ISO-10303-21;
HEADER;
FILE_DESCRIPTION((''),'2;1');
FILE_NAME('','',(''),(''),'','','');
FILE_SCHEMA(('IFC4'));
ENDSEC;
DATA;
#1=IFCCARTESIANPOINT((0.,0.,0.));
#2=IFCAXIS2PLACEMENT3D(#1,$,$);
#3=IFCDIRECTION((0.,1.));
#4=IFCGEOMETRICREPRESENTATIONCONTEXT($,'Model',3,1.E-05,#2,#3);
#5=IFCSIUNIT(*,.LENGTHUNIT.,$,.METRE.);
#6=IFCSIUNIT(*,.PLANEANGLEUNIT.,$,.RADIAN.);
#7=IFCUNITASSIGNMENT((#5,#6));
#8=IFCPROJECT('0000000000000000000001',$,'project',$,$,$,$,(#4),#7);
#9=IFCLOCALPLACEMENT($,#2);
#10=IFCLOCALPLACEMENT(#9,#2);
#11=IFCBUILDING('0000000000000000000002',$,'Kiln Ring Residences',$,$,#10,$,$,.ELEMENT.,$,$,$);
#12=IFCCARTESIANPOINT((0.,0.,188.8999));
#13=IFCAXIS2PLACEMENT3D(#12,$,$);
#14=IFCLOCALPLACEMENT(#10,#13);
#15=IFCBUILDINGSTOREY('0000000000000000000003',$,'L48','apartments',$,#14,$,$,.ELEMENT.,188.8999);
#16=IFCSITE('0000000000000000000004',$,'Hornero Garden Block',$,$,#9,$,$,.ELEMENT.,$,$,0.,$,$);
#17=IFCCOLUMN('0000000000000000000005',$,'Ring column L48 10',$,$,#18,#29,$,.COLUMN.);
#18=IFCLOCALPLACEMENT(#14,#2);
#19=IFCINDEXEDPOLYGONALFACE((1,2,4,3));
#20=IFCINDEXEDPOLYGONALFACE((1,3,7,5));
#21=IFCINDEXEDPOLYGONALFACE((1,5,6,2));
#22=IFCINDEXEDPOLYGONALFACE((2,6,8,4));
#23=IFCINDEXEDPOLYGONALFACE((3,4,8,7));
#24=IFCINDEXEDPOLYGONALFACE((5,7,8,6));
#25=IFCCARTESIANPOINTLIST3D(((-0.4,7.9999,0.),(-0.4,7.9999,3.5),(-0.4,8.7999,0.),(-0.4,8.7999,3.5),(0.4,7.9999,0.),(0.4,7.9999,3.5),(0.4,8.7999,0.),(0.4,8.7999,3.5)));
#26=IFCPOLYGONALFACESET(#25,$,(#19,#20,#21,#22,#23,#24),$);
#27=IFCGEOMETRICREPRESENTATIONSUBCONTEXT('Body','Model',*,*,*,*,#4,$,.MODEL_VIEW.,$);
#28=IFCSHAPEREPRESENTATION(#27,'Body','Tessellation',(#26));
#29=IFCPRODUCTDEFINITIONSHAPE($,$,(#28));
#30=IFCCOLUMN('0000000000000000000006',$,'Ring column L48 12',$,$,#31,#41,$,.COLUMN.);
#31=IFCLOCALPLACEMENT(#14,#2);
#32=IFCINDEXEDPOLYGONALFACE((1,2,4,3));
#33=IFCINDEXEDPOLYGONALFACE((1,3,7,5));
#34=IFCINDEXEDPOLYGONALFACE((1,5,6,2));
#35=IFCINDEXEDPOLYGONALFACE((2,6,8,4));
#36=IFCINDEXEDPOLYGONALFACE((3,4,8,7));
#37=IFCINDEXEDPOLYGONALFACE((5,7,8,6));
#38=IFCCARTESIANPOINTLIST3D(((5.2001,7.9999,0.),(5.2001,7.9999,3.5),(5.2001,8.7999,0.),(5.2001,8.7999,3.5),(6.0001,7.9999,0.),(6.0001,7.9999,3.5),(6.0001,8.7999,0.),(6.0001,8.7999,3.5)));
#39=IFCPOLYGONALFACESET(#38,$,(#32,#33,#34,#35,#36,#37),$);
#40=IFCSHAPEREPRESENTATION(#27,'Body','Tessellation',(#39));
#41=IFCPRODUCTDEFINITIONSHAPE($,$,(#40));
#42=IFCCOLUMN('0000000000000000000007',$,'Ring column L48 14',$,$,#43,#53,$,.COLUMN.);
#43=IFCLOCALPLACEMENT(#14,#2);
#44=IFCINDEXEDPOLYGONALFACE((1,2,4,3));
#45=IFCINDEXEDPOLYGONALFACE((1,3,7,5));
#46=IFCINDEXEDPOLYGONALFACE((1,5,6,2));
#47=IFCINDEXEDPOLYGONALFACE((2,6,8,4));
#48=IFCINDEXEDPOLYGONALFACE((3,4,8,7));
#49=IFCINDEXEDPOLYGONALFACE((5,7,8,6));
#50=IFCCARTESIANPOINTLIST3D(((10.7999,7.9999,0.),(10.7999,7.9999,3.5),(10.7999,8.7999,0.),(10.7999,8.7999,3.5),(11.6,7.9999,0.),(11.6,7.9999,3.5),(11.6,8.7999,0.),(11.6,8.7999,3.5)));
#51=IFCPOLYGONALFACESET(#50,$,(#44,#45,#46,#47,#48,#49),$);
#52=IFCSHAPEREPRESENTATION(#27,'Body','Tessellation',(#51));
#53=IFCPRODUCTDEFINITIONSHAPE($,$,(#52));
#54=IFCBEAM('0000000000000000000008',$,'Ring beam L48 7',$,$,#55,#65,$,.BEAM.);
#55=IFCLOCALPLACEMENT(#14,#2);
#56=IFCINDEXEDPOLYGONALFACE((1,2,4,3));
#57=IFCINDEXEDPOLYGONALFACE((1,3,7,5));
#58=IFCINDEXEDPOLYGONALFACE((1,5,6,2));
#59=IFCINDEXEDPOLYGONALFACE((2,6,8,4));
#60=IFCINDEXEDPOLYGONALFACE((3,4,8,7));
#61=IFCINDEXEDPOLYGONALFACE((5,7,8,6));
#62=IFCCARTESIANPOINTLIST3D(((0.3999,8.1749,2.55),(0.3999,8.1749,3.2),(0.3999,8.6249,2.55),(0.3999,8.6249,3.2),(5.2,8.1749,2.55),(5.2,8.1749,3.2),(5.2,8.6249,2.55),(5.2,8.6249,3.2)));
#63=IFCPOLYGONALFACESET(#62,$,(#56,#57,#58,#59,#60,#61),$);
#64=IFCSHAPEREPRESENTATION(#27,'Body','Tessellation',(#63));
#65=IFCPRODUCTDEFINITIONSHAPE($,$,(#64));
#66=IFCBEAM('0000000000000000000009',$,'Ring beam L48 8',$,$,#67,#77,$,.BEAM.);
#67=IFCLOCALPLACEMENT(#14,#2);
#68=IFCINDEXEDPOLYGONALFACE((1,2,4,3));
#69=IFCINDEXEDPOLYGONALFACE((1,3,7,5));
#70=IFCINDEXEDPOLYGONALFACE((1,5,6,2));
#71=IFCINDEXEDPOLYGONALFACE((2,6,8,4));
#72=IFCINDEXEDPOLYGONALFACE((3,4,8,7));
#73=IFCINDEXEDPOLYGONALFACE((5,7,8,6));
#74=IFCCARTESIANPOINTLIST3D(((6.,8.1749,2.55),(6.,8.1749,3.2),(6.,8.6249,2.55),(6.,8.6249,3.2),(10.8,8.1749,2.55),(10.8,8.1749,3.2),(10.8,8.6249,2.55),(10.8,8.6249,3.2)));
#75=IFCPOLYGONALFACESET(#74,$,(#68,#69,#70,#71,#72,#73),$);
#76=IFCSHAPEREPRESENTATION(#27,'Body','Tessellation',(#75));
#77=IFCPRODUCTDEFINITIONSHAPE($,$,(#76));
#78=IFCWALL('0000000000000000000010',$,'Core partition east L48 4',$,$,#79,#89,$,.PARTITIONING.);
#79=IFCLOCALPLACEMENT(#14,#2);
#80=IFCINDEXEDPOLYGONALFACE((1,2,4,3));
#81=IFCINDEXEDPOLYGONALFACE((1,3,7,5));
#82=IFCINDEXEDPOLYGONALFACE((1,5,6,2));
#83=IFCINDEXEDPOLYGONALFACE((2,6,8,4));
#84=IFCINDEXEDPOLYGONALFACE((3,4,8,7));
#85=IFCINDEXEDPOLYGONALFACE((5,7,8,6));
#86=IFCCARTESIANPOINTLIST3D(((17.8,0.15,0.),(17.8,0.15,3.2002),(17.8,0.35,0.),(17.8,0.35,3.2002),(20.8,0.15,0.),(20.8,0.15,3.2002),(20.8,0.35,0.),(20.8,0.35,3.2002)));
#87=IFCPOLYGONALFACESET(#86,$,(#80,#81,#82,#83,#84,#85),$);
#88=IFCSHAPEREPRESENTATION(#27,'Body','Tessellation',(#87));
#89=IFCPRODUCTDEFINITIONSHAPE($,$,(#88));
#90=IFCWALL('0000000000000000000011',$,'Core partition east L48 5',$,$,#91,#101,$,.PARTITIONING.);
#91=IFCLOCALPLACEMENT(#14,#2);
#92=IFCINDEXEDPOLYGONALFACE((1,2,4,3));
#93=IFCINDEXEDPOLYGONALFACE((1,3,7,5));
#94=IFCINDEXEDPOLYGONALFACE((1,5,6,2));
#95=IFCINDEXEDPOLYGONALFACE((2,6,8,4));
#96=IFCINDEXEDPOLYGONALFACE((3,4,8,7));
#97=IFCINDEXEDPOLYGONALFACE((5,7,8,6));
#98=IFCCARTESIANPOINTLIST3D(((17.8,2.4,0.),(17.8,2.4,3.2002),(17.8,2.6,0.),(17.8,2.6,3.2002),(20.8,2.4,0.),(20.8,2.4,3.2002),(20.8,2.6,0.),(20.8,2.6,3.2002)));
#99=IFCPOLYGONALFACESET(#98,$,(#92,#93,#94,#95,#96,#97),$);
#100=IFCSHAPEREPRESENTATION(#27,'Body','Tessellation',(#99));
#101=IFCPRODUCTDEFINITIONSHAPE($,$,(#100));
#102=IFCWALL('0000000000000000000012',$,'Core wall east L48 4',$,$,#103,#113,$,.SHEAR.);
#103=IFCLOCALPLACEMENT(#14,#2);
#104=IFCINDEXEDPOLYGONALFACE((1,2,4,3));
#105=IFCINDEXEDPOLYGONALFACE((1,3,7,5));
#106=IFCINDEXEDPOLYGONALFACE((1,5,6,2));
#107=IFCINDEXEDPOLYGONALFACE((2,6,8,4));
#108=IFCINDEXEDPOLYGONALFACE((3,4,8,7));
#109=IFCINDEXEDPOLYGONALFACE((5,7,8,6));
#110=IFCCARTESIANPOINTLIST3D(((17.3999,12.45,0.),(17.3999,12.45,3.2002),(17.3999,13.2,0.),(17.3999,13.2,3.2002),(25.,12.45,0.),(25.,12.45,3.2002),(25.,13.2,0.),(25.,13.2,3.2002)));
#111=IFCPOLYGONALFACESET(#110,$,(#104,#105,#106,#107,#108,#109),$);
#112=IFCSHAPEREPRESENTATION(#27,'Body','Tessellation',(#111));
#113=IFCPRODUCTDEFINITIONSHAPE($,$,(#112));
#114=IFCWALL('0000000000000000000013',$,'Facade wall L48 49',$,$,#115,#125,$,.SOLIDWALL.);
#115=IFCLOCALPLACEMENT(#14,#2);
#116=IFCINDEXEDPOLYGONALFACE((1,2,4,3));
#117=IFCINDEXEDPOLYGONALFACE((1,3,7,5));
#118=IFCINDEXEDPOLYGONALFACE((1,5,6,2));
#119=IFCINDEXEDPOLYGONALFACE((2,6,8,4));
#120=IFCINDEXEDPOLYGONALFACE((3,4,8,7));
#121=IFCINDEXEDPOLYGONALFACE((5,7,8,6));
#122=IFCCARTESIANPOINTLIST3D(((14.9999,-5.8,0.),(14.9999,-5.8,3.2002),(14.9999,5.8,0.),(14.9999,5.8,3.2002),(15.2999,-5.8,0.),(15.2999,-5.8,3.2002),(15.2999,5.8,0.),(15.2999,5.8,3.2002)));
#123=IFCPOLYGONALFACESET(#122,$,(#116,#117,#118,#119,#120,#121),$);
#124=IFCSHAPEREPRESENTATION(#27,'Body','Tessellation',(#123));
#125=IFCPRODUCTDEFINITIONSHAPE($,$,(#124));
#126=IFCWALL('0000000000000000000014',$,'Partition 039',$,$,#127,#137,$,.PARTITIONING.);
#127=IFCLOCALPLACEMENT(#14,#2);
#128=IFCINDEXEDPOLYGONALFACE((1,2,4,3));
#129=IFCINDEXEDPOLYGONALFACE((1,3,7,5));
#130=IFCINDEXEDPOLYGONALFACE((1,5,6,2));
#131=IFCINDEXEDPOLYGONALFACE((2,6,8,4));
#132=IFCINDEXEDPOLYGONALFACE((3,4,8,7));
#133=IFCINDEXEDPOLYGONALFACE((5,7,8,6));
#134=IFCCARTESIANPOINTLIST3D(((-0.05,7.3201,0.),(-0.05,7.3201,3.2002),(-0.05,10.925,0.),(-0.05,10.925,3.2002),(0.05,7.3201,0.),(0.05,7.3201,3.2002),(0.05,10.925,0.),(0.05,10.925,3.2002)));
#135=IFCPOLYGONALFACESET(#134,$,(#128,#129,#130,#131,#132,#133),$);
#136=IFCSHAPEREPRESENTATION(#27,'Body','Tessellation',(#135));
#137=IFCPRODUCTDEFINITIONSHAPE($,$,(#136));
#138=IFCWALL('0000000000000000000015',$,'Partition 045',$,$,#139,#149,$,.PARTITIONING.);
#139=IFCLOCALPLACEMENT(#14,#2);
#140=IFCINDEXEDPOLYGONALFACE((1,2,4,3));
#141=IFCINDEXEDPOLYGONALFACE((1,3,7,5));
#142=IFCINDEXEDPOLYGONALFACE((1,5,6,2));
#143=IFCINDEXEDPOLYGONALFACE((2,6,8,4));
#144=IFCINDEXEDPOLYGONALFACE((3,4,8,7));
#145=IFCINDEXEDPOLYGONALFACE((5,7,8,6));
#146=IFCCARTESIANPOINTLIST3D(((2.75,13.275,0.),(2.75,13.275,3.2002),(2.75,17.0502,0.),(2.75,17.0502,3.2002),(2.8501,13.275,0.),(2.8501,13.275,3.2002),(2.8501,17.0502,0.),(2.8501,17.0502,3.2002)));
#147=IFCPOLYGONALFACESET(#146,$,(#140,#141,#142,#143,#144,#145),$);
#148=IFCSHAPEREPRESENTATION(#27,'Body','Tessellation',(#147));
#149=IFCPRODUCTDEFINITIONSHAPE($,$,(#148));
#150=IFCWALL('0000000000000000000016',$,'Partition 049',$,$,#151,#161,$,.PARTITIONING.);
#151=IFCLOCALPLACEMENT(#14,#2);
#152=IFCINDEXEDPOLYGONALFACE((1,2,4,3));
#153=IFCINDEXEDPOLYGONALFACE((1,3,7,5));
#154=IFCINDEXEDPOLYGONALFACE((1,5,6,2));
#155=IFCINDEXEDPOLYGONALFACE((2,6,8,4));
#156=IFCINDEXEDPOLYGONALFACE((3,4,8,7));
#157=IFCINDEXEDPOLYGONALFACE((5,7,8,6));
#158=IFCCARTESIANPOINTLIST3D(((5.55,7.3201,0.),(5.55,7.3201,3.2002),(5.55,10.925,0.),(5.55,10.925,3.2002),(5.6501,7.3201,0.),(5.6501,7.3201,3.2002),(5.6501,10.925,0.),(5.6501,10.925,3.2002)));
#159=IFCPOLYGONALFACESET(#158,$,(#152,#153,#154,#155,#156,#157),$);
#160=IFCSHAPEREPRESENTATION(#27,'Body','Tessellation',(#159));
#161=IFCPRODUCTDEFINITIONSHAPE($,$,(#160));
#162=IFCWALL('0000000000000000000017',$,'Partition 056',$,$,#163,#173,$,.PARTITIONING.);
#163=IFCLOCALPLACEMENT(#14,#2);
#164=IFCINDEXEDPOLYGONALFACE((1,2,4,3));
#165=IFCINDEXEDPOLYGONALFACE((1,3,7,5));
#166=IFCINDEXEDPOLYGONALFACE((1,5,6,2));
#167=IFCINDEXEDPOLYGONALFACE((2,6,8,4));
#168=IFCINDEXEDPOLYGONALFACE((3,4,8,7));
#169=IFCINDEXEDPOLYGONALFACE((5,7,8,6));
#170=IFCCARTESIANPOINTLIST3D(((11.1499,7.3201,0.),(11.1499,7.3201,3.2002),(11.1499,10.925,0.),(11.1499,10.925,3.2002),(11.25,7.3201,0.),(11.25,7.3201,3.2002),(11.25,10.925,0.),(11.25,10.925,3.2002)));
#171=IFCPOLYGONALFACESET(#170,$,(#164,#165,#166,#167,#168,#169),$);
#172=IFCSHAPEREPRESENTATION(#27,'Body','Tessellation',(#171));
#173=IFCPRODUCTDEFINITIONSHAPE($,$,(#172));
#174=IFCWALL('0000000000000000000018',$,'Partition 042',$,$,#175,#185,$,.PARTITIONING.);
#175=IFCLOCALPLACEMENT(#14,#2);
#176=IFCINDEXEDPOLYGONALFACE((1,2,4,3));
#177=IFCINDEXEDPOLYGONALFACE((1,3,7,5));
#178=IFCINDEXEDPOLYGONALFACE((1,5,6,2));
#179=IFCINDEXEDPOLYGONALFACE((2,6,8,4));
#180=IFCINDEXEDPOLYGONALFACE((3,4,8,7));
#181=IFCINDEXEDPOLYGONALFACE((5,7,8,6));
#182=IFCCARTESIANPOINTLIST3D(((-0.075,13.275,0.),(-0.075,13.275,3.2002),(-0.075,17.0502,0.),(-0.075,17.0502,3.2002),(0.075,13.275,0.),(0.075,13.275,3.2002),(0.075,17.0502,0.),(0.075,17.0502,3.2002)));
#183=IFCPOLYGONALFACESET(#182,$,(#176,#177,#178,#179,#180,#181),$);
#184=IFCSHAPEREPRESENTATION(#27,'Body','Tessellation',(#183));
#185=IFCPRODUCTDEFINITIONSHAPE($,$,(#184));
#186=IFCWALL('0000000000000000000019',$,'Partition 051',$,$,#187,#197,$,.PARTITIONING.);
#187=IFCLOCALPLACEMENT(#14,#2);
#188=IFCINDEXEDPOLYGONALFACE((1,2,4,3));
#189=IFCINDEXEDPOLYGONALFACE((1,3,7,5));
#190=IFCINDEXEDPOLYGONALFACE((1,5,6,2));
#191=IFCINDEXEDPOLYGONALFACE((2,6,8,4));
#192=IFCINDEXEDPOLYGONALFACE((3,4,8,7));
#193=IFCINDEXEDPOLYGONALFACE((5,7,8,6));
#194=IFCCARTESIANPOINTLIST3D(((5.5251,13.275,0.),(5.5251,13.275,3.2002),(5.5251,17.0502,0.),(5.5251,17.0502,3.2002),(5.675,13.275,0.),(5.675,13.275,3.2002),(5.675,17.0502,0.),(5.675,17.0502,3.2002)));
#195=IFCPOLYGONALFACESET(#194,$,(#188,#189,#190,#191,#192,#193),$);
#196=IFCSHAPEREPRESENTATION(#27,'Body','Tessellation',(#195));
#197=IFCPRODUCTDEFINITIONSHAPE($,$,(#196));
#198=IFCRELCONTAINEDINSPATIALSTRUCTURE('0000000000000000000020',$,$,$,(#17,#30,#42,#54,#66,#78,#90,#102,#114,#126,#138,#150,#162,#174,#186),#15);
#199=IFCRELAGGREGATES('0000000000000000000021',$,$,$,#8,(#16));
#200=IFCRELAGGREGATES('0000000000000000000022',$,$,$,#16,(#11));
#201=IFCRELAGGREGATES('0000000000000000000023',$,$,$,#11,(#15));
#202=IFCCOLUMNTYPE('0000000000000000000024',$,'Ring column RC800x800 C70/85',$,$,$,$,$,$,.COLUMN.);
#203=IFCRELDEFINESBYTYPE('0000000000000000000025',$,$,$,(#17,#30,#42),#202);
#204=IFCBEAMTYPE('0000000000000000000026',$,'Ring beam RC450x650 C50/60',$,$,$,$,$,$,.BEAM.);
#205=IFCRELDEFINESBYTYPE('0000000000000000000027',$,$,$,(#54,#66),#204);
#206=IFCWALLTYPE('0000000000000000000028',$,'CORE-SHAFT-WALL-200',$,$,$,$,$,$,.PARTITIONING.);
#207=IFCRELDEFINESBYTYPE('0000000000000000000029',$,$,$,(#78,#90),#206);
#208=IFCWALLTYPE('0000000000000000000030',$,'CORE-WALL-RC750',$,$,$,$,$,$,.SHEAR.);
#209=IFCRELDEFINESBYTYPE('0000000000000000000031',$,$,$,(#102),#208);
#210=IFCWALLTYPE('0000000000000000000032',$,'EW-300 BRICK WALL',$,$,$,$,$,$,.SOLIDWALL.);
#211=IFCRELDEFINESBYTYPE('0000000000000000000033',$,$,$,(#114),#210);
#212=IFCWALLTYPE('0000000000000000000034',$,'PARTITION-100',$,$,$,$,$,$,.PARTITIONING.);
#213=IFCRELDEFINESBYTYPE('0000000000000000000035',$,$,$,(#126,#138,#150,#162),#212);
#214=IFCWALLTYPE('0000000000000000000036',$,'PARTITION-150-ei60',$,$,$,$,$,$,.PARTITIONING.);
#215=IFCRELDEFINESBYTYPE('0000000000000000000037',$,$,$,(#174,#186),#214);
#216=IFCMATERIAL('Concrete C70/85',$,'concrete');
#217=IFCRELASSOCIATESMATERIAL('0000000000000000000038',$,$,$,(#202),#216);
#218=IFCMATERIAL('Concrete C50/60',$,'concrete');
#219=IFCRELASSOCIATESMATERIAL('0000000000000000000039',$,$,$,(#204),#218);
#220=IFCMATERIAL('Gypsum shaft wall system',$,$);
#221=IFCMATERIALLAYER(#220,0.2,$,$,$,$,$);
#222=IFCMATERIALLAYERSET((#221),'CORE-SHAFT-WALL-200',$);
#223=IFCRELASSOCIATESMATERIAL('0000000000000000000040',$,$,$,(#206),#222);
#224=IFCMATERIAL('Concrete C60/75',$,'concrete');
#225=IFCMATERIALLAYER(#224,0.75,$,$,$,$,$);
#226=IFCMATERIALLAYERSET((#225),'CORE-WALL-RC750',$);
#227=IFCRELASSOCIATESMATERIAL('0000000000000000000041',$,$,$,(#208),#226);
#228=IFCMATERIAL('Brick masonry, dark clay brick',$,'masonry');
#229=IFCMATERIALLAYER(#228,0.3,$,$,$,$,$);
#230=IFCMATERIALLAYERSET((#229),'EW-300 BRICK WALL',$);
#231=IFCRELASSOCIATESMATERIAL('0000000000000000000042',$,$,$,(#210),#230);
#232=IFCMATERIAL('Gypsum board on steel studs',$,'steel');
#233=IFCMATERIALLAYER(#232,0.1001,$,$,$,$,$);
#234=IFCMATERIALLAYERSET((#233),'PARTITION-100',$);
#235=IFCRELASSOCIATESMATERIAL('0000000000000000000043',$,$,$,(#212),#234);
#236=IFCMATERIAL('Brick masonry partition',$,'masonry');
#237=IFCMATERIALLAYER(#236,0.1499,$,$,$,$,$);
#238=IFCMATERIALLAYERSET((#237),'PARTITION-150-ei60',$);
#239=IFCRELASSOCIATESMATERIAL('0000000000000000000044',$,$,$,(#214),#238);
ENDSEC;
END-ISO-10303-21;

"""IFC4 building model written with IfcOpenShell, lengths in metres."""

from ifc_helpers import new_model, si_unit, direction, frame, frame_2d, origin, origin_2d, place, context, subcontext, project, spatial, rectangle, extrude, material, layer, layer_set, material_profile, profile_set, type_object, element, save


model = new_model("IFC4")

# Units and contexts
model_context = context("Model", 3, precision=1e-05, world=origin(), true_north=direction((0.0, 1.0)))
body_context = subcontext(model_context, "Body", "Model", "MODEL_VIEW")
ifc_project = project(units=[si_unit("LENGTHUNIT", "METRE"), si_unit("PLANEANGLEUNIT", "RADIAN")], contexts=[model_context])

# Site, building, storey
site_placement = place(None, origin())
site = spatial("IfcSite", under=ifc_project, at=site_placement, Name="Hornero Garden Block", CompositionType="ELEMENT", RefElevation=0.0)
building_placement = place(site_placement, origin())
building = spatial("IfcBuilding", under=site, at=building_placement, Name="Kiln Ring Residences", CompositionType="ELEMENT")
storey_placement = place(building_placement, frame((0.0, 0.0, 188.8999)))
storey = spatial("IfcBuildingStorey", under=building, at=storey_placement, Name="L48", Description="apartments", CompositionType="ELEMENT", Elevation=188.8999)

# Columns
ifc_material_1 = material(Name="Concrete C70/85", Category="concrete")
ifc_material_profile_1 = material_profile(ifc_material_1, rectangle(XDim=0.8, YDim=0.8, at=origin_2d()), Name="RC800x800")
ifc_profile_set_1 = profile_set([ifc_material_profile_1], Name="Concrete C70/85")
column_type = type_object("IfcColumnType", Name="Ring column RC800x800 C70/85", PredefinedType="COLUMN", material=ifc_profile_set_1)
for number, where, z_axis, x_axis, name in (
    (1, (0.0, 8.3999, 0.0), (0.0, 0.0, 1.0), (1.0, 0.0, 0.0), "Ring column L48 10"),
    (2, (5.6001, 8.3999, 0.0), (0.0, 0.0, 1.0), (1.0, 0.0, 0.0), "Ring column L48 12"),
    (3, (11.2, 8.3999, 0.0), (0.0, 0.0, 1.0), (1.0, 0.0, 0.0), "Ring column L48 14"),
):
    element("IfcColumn", number, at=place(storey_placement, frame(where, z_axis=z_axis, x_axis=x_axis)), inside=storey, type_object=column_type, Name=name, PredefinedType="COLUMN", context=body_context, shape_type="SweptSolid", body=[
        extrude(rectangle(XDim=0.8, YDim=0.8, at=origin_2d()), origin(), (0.0, 0.0, 1.0), 3.5),
    ])

# Beams
ifc_material_2 = material(Name="Concrete C50/60", Category="concrete")
ifc_material_profile_2 = material_profile(ifc_material_2, rectangle(XDim=0.45, YDim=0.6499, at=origin_2d()), Name="RC450x650")
ifc_profile_set_2 = profile_set([ifc_material_profile_2], Name="Concrete C50/60")
beam_type = type_object("IfcBeamType", Name="Ring beam RC450x650 C50/60", PredefinedType="BEAM", material=ifc_profile_set_2)
for number, where, z_axis, x_axis, name in (
    (4, (0.3999, 8.3999, 2.875), (1.0, 0.0, 0.0), (0.0, 1.0, 0.0), "Ring beam L48 7"),
    (5, (6.0, 8.3999, 2.875), (1.0, 0.0, 0.0), (0.0, 1.0, 0.0), "Ring beam L48 8"),
):
    element("IfcBeam", number, at=place(storey_placement, frame(where, z_axis=z_axis, x_axis=x_axis)), inside=storey, type_object=beam_type, Name=name, PredefinedType="BEAM", context=body_context, shape_type="SweptSolid", body=[
        extrude(rectangle(XDim=0.45, YDim=0.6499, at=origin_2d()), origin(), (0.0, 0.0, 1.0), 4.8),
    ])

# Walls
ifc_material_3 = material(Name="Gypsum shaft wall system")
ifc_layer_1 = layer(ifc_material_3, 0.2)
ifc_layer_set_1 = layer_set([ifc_layer_1], Name="CORE-SHAFT-WALL-200")
wall_type_1 = type_object("IfcWallType", Name="CORE-SHAFT-WALL-200", PredefinedType="PARTITIONING", material=ifc_layer_set_1)
for number, where, z_axis, x_axis, name in (
    (6, (17.8, 0.25, 0.0), (0.0, 0.0, 1.0), (1.0, 0.0, 0.0), "Core partition east L48 4"),
    (7, (17.8, 2.5, 0.0), (0.0, 0.0, 1.0), (1.0, 0.0, 0.0), "Core partition east L48 5"),
):
    element("IfcWall", number, at=place(storey_placement, frame(where, z_axis=z_axis, x_axis=x_axis)), inside=storey, type_object=wall_type_1, Name=name, PredefinedType="PARTITIONING", context=body_context, shape_type="SweptSolid", body=[
        extrude(rectangle(XDim=3.0, YDim=0.2, at=frame_2d((1.5, 0.0))), origin(), (0.0, 0.0, 1.0), 3.2002),
    ])
ifc_material_4 = material(Name="Concrete C60/75", Category="concrete")
ifc_layer_2 = layer(ifc_material_4, 0.75)
ifc_layer_set_2 = layer_set([ifc_layer_2], Name="CORE-WALL-RC750")
wall_type_2 = type_object("IfcWallType", Name="CORE-WALL-RC750", PredefinedType="SHEAR", material=ifc_layer_set_2)
wall_1_placement = place(storey_placement, frame((17.3999, 12.825, 0.0), z_axis=(0.0, 0.0, 1.0), x_axis=(1.0, 0.0, 0.0)))
element("IfcWall", 8, at=wall_1_placement, inside=storey, type_object=wall_type_2, Name="Core wall east L48 4", PredefinedType="SHEAR", context=body_context, shape_type="SweptSolid", body=[
    extrude(rectangle(XDim=7.6001, YDim=0.75, at=frame_2d((3.8, 0.0))), origin(), (0.0, 0.0, 1.0), 3.2002),
])
ifc_material_5 = material(Name="Brick masonry, dark clay brick", Category="masonry")
ifc_layer_3 = layer(ifc_material_5, 0.3)
ifc_layer_set_3 = layer_set([ifc_layer_3], Name="EW-300 BRICK WALL")
wall_type_3 = type_object("IfcWallType", Name="EW-300 BRICK WALL", PredefinedType="SOLIDWALL", material=ifc_layer_set_3)
wall_2_placement = place(storey_placement, frame((15.1499, 5.8, 0.0), z_axis=(0.0, 0.0, 1.0), x_axis=(0.0, -1.0, 0.0)))
element("IfcWall", 9, at=wall_2_placement, inside=storey, type_object=wall_type_3, Name="Facade wall L48 49", PredefinedType="SOLIDWALL", context=body_context, shape_type="SweptSolid", body=[
    extrude(rectangle(XDim=11.6001, YDim=0.3, at=frame_2d((5.8, 0.0))), origin(), (0.0, 0.0, 1.0), 3.2002),
])
ifc_material_6 = material(Name="Gypsum board on steel studs", Category="steel")
ifc_layer_4 = layer(ifc_material_6, 0.1001)
ifc_layer_set_4 = layer_set([ifc_layer_4], Name="PARTITION-100")
wall_type_4 = type_object("IfcWallType", Name="PARTITION-100", PredefinedType="PARTITIONING", material=ifc_layer_set_4)
wall_3_placement = place(storey_placement, frame((0.0, 7.3201, 0.0), z_axis=(0.0, 0.0, 1.0), x_axis=(0.0, 1.0, 0.0)))
element("IfcWall", 10, at=wall_3_placement, inside=storey, type_object=wall_type_4, Name="Partition 039", PredefinedType="PARTITIONING", context=body_context, shape_type="SweptSolid", body=[
    extrude(rectangle(XDim=3.605, YDim=0.1001, at=frame_2d((1.8025, 0.0))), origin(), (0.0, 0.0, 1.0), 3.2002),
])
wall_4_placement = place(storey_placement, frame((2.8, 13.2749, 0.0), z_axis=(0.0, 0.0, 1.0), x_axis=(0.0, 1.0, 0.0)))
element("IfcWall", 11, at=wall_4_placement, inside=storey, type_object=wall_type_4, Name="Partition 045", PredefinedType="PARTITIONING", context=body_context, shape_type="SweptSolid", body=[
    extrude(rectangle(XDim=3.7751, YDim=0.1001, at=frame_2d((1.8877, 0.0))), origin(), (0.0, 0.0, 1.0), 3.2002),
])
for number, where, z_axis, x_axis, name in (
    (12, (5.6001, 7.3201, 0.0), (0.0, 0.0, 1.0), (0.0, 1.0, 0.0), "Partition 049"),
    (13, (11.2, 7.3201, 0.0), (0.0, 0.0, 1.0), (0.0, 1.0, 0.0), "Partition 056"),
):
    element("IfcWall", number, at=place(storey_placement, frame(where, z_axis=z_axis, x_axis=x_axis)), inside=storey, type_object=wall_type_4, Name=name, PredefinedType="PARTITIONING", context=body_context, shape_type="SweptSolid", body=[
        extrude(rectangle(XDim=3.605, YDim=0.1001, at=frame_2d((1.8025, 0.0))), origin(), (0.0, 0.0, 1.0), 3.2002),
    ])
ifc_material_7 = material(Name="Brick masonry partition", Category="masonry")
ifc_layer_5 = layer(ifc_material_7, 0.1499)
ifc_layer_set_5 = layer_set([ifc_layer_5], Name="PARTITION-150-ei60")
wall_type_5 = type_object("IfcWallType", Name="PARTITION-150-ei60", PredefinedType="PARTITIONING", material=ifc_layer_set_5)
for number, where, z_axis, x_axis, name in (
    (14, (0.0, 13.2749, 0.0), (0.0, 0.0, 1.0), (0.0, 1.0, 0.0), "Partition 042"),
    (15, (5.6001, 13.2749, 0.0), (0.0, 0.0, 1.0), (0.0, 1.0, 0.0), "Partition 051"),
):
    element("IfcWall", number, at=place(storey_placement, frame(where, z_axis=z_axis, x_axis=x_axis)), inside=storey, type_object=wall_type_5, Name=name, PredefinedType="PARTITIONING", context=body_context, shape_type="SweptSolid", body=[
        extrude(rectangle(XDim=3.7751, YDim=0.1499, at=frame_2d((1.8877, 0.0))), origin(), (0.0, 0.0, 1.0), 3.2002),
    ])

save(model, "model.ifc")
